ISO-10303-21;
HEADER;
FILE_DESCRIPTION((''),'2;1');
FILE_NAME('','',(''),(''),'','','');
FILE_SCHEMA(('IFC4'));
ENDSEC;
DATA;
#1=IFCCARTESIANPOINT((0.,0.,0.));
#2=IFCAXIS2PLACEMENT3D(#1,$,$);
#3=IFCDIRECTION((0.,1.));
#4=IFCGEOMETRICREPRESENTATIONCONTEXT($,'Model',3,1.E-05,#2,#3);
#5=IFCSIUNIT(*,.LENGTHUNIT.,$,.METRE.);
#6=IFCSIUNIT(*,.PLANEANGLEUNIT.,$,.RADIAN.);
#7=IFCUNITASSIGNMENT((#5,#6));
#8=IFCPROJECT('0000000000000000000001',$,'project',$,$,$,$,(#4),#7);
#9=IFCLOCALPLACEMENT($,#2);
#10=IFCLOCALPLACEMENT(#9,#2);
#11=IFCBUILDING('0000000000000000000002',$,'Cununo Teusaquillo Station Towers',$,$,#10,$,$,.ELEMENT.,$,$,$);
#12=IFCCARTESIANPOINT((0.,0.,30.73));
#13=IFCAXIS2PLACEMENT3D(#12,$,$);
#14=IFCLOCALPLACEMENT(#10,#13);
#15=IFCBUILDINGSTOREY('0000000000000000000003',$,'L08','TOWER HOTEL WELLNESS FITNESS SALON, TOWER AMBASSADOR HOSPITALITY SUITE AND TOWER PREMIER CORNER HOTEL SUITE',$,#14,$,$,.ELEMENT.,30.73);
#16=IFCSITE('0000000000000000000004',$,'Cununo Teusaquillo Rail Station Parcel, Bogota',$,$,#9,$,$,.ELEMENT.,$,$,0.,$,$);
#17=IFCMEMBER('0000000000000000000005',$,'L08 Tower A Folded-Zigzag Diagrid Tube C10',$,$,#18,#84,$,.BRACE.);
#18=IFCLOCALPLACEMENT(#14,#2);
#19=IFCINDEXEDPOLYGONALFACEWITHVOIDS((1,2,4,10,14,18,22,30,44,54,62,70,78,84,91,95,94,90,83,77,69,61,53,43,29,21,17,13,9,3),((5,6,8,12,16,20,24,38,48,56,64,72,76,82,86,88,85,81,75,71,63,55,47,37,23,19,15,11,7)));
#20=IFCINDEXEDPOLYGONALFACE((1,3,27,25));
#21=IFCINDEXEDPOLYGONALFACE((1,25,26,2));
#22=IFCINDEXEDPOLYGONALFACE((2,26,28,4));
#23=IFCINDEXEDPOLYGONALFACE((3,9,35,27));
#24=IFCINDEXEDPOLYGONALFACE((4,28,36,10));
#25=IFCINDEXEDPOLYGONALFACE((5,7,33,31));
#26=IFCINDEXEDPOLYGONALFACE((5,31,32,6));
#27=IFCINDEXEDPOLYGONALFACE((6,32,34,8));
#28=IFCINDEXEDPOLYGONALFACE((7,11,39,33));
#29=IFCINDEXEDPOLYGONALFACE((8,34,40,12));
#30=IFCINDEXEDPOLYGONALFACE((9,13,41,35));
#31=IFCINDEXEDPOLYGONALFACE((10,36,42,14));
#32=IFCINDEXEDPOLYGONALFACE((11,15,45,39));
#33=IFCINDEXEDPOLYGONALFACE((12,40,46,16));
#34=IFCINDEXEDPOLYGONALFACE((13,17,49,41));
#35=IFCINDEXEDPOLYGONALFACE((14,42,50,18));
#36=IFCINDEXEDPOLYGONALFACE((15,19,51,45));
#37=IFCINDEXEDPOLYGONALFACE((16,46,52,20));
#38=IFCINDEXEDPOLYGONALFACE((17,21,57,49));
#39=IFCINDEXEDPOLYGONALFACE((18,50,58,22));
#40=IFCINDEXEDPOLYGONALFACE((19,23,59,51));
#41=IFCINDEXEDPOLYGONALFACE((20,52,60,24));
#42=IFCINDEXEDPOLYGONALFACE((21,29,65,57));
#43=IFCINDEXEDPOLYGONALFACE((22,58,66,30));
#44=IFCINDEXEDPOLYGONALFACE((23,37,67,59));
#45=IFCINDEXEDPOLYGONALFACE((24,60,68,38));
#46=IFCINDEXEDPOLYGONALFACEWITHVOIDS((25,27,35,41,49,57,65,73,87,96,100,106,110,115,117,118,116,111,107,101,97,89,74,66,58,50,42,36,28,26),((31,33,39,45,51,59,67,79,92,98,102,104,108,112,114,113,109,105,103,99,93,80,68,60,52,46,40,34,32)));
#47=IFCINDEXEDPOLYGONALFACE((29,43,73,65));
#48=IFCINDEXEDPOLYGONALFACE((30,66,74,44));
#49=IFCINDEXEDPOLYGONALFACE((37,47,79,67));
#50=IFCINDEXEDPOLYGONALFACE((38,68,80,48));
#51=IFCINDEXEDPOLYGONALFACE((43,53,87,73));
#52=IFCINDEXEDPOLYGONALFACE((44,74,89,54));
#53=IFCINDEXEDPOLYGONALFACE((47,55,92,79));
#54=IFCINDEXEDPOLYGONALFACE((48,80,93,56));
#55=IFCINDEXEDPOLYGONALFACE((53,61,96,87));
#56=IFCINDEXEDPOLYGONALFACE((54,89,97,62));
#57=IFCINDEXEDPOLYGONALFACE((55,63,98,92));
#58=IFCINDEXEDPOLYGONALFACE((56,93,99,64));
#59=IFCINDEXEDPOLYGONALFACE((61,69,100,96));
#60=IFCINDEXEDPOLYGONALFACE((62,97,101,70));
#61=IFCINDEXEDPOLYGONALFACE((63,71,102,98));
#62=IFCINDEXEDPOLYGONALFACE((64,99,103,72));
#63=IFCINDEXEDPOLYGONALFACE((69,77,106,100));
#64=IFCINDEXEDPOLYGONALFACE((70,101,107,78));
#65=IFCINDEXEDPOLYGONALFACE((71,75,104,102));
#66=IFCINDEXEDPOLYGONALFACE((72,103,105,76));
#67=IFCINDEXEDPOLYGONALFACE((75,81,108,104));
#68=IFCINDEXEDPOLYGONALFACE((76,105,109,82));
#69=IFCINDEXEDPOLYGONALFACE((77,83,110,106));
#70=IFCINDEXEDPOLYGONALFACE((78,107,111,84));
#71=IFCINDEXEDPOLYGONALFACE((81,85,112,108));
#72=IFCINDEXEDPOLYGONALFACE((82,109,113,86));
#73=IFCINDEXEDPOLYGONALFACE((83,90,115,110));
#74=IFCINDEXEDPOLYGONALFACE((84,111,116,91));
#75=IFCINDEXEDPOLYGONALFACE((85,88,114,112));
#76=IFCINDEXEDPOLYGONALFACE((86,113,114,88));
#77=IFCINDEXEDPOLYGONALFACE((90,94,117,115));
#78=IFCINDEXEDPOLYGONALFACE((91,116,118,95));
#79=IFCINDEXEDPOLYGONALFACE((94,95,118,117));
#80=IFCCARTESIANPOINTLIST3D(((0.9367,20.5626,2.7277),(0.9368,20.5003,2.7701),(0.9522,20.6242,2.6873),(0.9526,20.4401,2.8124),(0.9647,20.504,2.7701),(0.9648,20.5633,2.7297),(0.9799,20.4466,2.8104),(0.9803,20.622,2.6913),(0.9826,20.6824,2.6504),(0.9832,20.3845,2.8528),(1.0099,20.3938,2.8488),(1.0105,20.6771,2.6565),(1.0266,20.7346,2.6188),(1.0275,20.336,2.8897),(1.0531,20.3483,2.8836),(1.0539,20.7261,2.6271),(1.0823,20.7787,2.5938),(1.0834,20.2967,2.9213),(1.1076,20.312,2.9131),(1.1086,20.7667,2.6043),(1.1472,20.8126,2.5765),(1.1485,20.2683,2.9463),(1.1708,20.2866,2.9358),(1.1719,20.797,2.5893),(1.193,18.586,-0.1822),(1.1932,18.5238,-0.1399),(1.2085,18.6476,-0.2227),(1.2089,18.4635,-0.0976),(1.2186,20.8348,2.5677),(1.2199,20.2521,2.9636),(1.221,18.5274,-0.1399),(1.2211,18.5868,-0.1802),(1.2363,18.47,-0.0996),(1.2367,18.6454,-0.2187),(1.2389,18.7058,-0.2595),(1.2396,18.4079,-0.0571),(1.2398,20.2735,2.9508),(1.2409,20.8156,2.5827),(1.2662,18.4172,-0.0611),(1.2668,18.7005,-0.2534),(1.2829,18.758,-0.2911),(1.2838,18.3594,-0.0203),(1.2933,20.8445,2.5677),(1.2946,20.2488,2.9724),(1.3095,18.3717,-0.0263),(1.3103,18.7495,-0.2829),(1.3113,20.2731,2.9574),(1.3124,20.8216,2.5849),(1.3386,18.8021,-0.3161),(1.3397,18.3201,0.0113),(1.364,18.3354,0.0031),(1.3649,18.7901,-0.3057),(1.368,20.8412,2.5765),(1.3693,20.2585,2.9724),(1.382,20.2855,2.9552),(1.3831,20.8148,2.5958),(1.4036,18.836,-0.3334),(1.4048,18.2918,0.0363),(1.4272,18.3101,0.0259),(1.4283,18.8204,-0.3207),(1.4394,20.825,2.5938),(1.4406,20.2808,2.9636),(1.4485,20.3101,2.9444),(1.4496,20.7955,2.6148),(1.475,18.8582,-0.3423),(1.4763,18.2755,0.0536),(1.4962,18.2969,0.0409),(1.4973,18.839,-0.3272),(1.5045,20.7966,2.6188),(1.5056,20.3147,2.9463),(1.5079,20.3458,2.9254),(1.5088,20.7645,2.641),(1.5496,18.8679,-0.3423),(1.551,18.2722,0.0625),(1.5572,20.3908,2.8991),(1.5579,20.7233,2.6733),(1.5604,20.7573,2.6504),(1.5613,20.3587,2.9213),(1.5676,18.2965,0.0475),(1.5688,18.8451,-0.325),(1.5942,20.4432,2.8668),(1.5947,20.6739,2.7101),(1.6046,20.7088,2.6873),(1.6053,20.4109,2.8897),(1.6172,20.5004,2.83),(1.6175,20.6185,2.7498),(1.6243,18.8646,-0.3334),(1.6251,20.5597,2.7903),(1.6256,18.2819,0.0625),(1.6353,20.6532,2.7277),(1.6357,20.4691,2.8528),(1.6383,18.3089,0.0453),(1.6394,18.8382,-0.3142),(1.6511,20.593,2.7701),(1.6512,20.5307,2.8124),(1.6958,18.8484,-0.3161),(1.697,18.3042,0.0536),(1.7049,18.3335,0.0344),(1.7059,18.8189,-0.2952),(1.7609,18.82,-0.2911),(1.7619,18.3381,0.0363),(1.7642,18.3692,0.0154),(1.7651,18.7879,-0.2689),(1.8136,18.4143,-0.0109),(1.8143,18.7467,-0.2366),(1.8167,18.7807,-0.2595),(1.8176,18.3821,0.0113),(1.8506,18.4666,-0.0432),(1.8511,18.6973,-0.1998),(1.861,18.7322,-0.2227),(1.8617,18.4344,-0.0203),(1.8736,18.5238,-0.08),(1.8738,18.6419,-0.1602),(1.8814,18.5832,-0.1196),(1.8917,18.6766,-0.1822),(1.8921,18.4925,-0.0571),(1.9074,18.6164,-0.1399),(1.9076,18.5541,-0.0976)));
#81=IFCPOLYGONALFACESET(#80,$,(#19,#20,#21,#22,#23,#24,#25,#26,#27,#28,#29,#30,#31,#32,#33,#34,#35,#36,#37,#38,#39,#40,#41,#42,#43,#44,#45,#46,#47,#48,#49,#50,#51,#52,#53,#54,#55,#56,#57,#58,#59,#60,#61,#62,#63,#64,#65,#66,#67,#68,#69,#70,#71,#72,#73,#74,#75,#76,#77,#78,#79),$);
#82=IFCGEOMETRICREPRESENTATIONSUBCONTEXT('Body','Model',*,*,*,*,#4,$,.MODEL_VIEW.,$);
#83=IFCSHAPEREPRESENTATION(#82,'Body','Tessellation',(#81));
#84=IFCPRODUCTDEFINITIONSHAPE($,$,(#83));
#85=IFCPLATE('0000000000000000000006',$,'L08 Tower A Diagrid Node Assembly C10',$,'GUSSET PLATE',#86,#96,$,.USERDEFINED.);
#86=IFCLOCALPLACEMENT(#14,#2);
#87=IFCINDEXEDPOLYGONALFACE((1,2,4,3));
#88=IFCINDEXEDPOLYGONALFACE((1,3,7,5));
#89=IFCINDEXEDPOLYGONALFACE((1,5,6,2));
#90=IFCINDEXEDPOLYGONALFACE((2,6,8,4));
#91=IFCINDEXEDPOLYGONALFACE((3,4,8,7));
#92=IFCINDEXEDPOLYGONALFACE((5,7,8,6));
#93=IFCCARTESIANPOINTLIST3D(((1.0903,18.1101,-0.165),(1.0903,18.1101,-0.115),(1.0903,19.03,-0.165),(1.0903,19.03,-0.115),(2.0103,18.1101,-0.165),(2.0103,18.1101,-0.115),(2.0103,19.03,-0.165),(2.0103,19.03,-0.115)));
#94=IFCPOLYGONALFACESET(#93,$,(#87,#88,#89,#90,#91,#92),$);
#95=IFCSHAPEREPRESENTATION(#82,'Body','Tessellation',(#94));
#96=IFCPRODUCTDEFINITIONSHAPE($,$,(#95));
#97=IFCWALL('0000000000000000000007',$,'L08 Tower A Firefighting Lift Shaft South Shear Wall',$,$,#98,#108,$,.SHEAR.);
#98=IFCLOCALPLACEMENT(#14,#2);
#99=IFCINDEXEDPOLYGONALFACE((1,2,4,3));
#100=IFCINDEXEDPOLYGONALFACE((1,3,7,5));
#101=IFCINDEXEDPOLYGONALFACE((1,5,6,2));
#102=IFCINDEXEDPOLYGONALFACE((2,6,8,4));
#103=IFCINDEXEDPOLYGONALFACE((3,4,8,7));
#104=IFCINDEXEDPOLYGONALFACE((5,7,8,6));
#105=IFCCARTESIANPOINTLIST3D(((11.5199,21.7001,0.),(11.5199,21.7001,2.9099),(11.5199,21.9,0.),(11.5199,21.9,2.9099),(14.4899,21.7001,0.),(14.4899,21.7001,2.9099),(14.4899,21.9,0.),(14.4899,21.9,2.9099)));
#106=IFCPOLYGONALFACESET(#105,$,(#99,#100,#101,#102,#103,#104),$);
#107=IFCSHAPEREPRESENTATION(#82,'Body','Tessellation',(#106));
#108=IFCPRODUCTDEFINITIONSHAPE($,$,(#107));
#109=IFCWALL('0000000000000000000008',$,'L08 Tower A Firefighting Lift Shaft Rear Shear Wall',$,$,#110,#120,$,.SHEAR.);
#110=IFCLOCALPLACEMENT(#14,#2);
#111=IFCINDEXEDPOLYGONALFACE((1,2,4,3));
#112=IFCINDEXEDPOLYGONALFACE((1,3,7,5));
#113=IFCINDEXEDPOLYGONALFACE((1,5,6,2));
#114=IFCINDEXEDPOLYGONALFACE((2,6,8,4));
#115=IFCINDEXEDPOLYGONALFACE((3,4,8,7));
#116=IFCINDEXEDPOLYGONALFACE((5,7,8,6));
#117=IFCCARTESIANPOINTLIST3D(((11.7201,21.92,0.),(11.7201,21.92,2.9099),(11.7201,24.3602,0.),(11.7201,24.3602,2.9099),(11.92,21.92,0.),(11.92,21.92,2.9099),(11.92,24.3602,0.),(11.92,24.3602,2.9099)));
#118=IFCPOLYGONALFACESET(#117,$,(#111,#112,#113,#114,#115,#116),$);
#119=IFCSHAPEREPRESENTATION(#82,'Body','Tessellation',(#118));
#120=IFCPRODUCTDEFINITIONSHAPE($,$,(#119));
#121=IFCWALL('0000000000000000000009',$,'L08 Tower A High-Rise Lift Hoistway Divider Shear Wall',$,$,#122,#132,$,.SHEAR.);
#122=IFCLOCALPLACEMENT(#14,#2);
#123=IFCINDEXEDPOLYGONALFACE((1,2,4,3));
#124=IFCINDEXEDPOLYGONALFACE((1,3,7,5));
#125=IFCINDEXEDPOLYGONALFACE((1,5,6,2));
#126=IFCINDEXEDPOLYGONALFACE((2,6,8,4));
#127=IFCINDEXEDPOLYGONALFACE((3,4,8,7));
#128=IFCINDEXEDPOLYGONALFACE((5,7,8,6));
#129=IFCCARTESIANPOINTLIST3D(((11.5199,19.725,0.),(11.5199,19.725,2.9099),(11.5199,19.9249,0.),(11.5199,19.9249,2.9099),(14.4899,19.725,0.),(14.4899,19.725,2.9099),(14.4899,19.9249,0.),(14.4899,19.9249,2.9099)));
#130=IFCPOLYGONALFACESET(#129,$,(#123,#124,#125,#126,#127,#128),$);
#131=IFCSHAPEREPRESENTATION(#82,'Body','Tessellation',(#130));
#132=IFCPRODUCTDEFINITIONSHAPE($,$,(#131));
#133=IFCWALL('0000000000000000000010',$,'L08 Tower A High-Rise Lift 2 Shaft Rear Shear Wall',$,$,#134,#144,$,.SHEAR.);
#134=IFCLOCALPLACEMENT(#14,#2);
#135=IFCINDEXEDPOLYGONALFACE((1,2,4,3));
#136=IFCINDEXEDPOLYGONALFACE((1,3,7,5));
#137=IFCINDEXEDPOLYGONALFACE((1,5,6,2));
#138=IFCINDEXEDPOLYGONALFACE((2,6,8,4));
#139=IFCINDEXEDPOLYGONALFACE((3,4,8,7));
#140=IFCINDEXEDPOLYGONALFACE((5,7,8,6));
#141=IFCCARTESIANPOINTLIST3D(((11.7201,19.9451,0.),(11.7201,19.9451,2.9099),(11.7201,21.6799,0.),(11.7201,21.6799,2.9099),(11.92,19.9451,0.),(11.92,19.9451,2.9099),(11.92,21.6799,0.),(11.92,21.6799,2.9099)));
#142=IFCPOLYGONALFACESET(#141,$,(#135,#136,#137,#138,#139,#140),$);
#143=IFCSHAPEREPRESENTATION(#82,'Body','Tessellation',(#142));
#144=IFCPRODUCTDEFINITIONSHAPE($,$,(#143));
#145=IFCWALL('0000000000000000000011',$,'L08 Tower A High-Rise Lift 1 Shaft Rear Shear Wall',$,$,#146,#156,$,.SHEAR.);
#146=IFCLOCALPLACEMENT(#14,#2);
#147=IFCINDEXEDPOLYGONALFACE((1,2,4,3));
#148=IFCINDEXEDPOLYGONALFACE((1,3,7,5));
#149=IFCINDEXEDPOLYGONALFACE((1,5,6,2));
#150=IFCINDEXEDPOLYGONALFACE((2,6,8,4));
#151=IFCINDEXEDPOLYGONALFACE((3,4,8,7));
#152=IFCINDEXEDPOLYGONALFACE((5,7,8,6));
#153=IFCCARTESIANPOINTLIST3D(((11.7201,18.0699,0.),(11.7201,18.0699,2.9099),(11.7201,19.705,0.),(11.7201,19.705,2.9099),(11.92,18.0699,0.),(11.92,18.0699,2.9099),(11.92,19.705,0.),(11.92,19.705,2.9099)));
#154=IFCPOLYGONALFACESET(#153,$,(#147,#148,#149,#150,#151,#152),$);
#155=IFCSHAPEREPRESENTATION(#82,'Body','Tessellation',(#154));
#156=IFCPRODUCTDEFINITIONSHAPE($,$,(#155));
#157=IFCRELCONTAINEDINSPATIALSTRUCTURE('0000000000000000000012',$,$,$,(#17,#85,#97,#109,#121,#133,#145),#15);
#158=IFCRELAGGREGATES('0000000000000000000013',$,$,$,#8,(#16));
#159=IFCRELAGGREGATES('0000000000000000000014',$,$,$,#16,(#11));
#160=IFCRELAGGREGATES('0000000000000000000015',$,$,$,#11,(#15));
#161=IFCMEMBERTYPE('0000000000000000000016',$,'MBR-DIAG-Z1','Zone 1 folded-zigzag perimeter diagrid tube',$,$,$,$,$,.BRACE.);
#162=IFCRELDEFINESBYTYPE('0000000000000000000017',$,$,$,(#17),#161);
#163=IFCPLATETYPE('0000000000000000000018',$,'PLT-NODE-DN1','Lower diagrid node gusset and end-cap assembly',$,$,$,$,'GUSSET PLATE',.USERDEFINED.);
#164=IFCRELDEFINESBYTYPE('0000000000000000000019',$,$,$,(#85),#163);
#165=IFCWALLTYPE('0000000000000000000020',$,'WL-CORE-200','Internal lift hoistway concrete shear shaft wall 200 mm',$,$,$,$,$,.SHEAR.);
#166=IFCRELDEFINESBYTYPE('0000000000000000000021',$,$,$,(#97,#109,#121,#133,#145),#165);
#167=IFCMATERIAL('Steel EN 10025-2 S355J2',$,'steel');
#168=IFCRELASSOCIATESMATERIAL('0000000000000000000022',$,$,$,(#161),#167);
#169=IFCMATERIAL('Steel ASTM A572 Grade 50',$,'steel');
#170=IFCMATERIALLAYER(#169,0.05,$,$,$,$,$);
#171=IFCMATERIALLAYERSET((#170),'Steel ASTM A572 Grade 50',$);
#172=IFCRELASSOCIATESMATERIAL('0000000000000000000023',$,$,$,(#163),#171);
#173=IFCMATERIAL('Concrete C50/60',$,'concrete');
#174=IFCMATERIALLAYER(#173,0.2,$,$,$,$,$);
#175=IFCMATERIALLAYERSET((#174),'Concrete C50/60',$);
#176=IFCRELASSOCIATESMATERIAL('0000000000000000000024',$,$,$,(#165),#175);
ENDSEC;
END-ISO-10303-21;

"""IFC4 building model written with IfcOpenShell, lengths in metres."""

from ifc_helpers import new_model, si_unit, direction, frame, frame_2d, origin, origin_2d, place, context, subcontext, project, spatial, rectangle, hollow_circle, extrude, source, transform, mapped, material, layer, layer_set, material_profile, profile_set, type_object, element, save


model = new_model("IFC4")

# Units and contexts
model_context = context("Model", 3, precision=1e-05, world=origin(), true_north=direction((0.0, 1.0)))
body_context = subcontext(model_context, "Body", "Model", "MODEL_VIEW")
ifc_project = project(units=[si_unit("LENGTHUNIT", "METRE"), si_unit("PLANEANGLEUNIT", "RADIAN")], contexts=[model_context])

# Site, building, storey
site_placement = place(None, origin())
site = spatial("IfcSite", under=ifc_project, at=site_placement, Name="Cununo Teusaquillo Rail Station Parcel, Bogota", CompositionType="ELEMENT", RefElevation=0.0)
building_placement = place(site_placement, origin())
building = spatial("IfcBuilding", under=site, at=building_placement, Name="Cununo Teusaquillo Station Towers", CompositionType="ELEMENT")
storey_placement = place(building_placement, frame((0.0, 0.0, 30.73)))
storey = spatial("IfcBuildingStorey", under=building, at=storey_placement, Name="L08", Description="TOWER HOTEL WELLNESS FITNESS SALON, TOWER AMBASSADOR HOSPITALITY SUITE AND TOWER PREMIER CORNER HOTEL SUITE", CompositionType="ELEMENT", Elevation=30.73)

# Member
ifc_material_1 = material(Name="Steel EN 10025-2 S355J2", Category="steel")
ifc_material_profile_1 = material_profile(ifc_material_1, hollow_circle(Radius=0.3601, WallThickness=0.0281, at=origin_2d()), Name="CHS 720x28")
ifc_profile_set_1 = profile_set([ifc_material_profile_1], Name="Steel EN 10025-2 S355J2")
member_type = type_object("IfcMemberType", Name="MBR-DIAG-Z1", Description="Zone 1 folded-zigzag perimeter diagrid tube", PredefinedType="BRACE", material=ifc_profile_set_1)
member_placement = place(storey_placement, frame((1.5503, 18.5701, -0.1399), z_axis=(-0.07268, 0.560401, 0.825027), x_axis=(-0.991694, -0.128616, 0.0)))
element("IfcMember", 1, at=member_placement, inside=storey, type_object=member_type, Name="L08 Tower A Folded-Zigzag Diagrid Tube C10", PredefinedType="BRACE", context=body_context, shape_type="SweptSolid", body=[
    extrude(hollow_circle(Radius=0.3601, WallThickness=0.0281, at=origin_2d()), origin(), (0.0, 0.0, 1.0), 3.5271),
])

# Plate
ifc_material_2 = material(Name="Steel ASTM A572 Grade 50", Category="steel")
ifc_layer_1 = layer(ifc_material_2, 0.05)
ifc_layer_set_1 = layer_set([ifc_layer_1], Name="Steel ASTM A572 Grade 50")
plate_type = type_object("IfcPlateType", Name="PLT-NODE-DN1", Description="Lower diagrid node gusset and end-cap assembly", ElementType="GUSSET PLATE", PredefinedType="USERDEFINED", material=ifc_layer_set_1)
shared_shape_1 = source(origin(), body_context, "Body", "SweptSolid", [
    extrude(rectangle(XDim=0.9199, YDim=0.9199, at=origin_2d()), origin(), (0.0, 0.0, 1.0), 0.05),
])
plate_placement = place(storey_placement, frame((1.5503, 18.5701, -0.165), z_axis=(0.0, 0.0, 1.0), x_axis=(1.0, 0.0, 0.0)))
element("IfcPlate", 2, at=plate_placement, inside=storey, type_object=plate_type, Name="L08 Tower A Diagrid Node Assembly C10", ObjectType="GUSSET PLATE", PredefinedType="USERDEFINED", context=body_context, shape_type="MappedRepresentation", body=[
    mapped(shared_shape_1, transform((0.0, 0.0, 0.0), x_axis=(1.0, 0.0, 0.0), y_axis=(0.0, 1.0, 0.0), z_axis=(0.0, 0.0, 1.0), scale=1.0)),
])

# Walls
ifc_material_3 = material(Name="Concrete C50/60", Category="concrete")
ifc_layer_2 = layer(ifc_material_3, 0.2)
ifc_layer_set_2 = layer_set([ifc_layer_2], Name="Concrete C50/60")
wall_type_1 = type_object("IfcWallType", Name="WL-CORE-200", Description="Internal lift hoistway concrete shear shaft wall 200 mm", PredefinedType="SHEAR", material=ifc_layer_set_2)
wall_1_placement = place(storey_placement, frame((11.52, 21.8, 0.0), z_axis=(0.0, 0.0, 1.0), x_axis=(1.0, 0.0, 0.0)))
element("IfcWall", 3, at=wall_1_placement, inside=storey, type_object=wall_type_1, Name="L08 Tower A Firefighting Lift Shaft South Shear Wall", PredefinedType="SHEAR", context=body_context, shape_type="SweptSolid", body=[
    extrude(rectangle(XDim=2.97, YDim=0.2, at=frame_2d((1.4849, 0.0))), origin(), (0.0, 0.0, 1.0), 2.9099),
])
wall_2_placement = place(storey_placement, frame((11.8201, 21.9199, 0.0), z_axis=(0.0, 0.0, 1.0), x_axis=(0.0, 1.0, 0.0)))
element("IfcWall", 4, at=wall_2_placement, inside=storey, type_object=wall_type_1, Name="L08 Tower A Firefighting Lift Shaft Rear Shear Wall", PredefinedType="SHEAR", context=body_context, shape_type="SweptSolid", body=[
    extrude(rectangle(XDim=2.4402, YDim=0.2, at=frame_2d((1.2202, 0.0))), origin(), (0.0, 0.0, 1.0), 2.9099),
])
wall_3_placement = place(storey_placement, frame((11.52, 19.825, 0.0), z_axis=(0.0, 0.0, 1.0), x_axis=(1.0, 0.0, 0.0)))
element("IfcWall", 5, at=wall_3_placement, inside=storey, type_object=wall_type_1, Name="L08 Tower A High-Rise Lift Hoistway Divider Shear Wall", PredefinedType="SHEAR", context=body_context, shape_type="SweptSolid", body=[
    extrude(rectangle(XDim=2.97, YDim=0.2, at=frame_2d((1.4849, 0.0))), origin(), (0.0, 0.0, 1.0), 2.9099),
])
wall_4_placement = place(storey_placement, frame((11.8201, 19.9451, 0.0), z_axis=(0.0, 0.0, 1.0), x_axis=(0.0, 1.0, 0.0)))
element("IfcWall", 6, at=wall_4_placement, inside=storey, type_object=wall_type_1, Name="L08 Tower A High-Rise Lift 2 Shaft Rear Shear Wall", PredefinedType="SHEAR", context=body_context, shape_type="SweptSolid", body=[
    extrude(rectangle(XDim=1.7349, YDim=0.2, at=frame_2d((0.8674, 0.0))), origin(), (0.0, 0.0, 1.0), 2.9099),
])
wall_5_placement = place(storey_placement, frame((11.8201, 18.0701, 0.0), z_axis=(0.0, 0.0, 1.0), x_axis=(0.0, 1.0, 0.0)))
element("IfcWall", 7, at=wall_5_placement, inside=storey, type_object=wall_type_1, Name="L08 Tower A High-Rise Lift 1 Shaft Rear Shear Wall", PredefinedType="SHEAR", context=body_context, shape_type="SweptSolid", body=[
    extrude(rectangle(XDim=1.635, YDim=0.2, at=frame_2d((0.8174, 0.0))), origin(), (0.0, 0.0, 1.0), 2.9099),
])

save(model, "model.ifc")
